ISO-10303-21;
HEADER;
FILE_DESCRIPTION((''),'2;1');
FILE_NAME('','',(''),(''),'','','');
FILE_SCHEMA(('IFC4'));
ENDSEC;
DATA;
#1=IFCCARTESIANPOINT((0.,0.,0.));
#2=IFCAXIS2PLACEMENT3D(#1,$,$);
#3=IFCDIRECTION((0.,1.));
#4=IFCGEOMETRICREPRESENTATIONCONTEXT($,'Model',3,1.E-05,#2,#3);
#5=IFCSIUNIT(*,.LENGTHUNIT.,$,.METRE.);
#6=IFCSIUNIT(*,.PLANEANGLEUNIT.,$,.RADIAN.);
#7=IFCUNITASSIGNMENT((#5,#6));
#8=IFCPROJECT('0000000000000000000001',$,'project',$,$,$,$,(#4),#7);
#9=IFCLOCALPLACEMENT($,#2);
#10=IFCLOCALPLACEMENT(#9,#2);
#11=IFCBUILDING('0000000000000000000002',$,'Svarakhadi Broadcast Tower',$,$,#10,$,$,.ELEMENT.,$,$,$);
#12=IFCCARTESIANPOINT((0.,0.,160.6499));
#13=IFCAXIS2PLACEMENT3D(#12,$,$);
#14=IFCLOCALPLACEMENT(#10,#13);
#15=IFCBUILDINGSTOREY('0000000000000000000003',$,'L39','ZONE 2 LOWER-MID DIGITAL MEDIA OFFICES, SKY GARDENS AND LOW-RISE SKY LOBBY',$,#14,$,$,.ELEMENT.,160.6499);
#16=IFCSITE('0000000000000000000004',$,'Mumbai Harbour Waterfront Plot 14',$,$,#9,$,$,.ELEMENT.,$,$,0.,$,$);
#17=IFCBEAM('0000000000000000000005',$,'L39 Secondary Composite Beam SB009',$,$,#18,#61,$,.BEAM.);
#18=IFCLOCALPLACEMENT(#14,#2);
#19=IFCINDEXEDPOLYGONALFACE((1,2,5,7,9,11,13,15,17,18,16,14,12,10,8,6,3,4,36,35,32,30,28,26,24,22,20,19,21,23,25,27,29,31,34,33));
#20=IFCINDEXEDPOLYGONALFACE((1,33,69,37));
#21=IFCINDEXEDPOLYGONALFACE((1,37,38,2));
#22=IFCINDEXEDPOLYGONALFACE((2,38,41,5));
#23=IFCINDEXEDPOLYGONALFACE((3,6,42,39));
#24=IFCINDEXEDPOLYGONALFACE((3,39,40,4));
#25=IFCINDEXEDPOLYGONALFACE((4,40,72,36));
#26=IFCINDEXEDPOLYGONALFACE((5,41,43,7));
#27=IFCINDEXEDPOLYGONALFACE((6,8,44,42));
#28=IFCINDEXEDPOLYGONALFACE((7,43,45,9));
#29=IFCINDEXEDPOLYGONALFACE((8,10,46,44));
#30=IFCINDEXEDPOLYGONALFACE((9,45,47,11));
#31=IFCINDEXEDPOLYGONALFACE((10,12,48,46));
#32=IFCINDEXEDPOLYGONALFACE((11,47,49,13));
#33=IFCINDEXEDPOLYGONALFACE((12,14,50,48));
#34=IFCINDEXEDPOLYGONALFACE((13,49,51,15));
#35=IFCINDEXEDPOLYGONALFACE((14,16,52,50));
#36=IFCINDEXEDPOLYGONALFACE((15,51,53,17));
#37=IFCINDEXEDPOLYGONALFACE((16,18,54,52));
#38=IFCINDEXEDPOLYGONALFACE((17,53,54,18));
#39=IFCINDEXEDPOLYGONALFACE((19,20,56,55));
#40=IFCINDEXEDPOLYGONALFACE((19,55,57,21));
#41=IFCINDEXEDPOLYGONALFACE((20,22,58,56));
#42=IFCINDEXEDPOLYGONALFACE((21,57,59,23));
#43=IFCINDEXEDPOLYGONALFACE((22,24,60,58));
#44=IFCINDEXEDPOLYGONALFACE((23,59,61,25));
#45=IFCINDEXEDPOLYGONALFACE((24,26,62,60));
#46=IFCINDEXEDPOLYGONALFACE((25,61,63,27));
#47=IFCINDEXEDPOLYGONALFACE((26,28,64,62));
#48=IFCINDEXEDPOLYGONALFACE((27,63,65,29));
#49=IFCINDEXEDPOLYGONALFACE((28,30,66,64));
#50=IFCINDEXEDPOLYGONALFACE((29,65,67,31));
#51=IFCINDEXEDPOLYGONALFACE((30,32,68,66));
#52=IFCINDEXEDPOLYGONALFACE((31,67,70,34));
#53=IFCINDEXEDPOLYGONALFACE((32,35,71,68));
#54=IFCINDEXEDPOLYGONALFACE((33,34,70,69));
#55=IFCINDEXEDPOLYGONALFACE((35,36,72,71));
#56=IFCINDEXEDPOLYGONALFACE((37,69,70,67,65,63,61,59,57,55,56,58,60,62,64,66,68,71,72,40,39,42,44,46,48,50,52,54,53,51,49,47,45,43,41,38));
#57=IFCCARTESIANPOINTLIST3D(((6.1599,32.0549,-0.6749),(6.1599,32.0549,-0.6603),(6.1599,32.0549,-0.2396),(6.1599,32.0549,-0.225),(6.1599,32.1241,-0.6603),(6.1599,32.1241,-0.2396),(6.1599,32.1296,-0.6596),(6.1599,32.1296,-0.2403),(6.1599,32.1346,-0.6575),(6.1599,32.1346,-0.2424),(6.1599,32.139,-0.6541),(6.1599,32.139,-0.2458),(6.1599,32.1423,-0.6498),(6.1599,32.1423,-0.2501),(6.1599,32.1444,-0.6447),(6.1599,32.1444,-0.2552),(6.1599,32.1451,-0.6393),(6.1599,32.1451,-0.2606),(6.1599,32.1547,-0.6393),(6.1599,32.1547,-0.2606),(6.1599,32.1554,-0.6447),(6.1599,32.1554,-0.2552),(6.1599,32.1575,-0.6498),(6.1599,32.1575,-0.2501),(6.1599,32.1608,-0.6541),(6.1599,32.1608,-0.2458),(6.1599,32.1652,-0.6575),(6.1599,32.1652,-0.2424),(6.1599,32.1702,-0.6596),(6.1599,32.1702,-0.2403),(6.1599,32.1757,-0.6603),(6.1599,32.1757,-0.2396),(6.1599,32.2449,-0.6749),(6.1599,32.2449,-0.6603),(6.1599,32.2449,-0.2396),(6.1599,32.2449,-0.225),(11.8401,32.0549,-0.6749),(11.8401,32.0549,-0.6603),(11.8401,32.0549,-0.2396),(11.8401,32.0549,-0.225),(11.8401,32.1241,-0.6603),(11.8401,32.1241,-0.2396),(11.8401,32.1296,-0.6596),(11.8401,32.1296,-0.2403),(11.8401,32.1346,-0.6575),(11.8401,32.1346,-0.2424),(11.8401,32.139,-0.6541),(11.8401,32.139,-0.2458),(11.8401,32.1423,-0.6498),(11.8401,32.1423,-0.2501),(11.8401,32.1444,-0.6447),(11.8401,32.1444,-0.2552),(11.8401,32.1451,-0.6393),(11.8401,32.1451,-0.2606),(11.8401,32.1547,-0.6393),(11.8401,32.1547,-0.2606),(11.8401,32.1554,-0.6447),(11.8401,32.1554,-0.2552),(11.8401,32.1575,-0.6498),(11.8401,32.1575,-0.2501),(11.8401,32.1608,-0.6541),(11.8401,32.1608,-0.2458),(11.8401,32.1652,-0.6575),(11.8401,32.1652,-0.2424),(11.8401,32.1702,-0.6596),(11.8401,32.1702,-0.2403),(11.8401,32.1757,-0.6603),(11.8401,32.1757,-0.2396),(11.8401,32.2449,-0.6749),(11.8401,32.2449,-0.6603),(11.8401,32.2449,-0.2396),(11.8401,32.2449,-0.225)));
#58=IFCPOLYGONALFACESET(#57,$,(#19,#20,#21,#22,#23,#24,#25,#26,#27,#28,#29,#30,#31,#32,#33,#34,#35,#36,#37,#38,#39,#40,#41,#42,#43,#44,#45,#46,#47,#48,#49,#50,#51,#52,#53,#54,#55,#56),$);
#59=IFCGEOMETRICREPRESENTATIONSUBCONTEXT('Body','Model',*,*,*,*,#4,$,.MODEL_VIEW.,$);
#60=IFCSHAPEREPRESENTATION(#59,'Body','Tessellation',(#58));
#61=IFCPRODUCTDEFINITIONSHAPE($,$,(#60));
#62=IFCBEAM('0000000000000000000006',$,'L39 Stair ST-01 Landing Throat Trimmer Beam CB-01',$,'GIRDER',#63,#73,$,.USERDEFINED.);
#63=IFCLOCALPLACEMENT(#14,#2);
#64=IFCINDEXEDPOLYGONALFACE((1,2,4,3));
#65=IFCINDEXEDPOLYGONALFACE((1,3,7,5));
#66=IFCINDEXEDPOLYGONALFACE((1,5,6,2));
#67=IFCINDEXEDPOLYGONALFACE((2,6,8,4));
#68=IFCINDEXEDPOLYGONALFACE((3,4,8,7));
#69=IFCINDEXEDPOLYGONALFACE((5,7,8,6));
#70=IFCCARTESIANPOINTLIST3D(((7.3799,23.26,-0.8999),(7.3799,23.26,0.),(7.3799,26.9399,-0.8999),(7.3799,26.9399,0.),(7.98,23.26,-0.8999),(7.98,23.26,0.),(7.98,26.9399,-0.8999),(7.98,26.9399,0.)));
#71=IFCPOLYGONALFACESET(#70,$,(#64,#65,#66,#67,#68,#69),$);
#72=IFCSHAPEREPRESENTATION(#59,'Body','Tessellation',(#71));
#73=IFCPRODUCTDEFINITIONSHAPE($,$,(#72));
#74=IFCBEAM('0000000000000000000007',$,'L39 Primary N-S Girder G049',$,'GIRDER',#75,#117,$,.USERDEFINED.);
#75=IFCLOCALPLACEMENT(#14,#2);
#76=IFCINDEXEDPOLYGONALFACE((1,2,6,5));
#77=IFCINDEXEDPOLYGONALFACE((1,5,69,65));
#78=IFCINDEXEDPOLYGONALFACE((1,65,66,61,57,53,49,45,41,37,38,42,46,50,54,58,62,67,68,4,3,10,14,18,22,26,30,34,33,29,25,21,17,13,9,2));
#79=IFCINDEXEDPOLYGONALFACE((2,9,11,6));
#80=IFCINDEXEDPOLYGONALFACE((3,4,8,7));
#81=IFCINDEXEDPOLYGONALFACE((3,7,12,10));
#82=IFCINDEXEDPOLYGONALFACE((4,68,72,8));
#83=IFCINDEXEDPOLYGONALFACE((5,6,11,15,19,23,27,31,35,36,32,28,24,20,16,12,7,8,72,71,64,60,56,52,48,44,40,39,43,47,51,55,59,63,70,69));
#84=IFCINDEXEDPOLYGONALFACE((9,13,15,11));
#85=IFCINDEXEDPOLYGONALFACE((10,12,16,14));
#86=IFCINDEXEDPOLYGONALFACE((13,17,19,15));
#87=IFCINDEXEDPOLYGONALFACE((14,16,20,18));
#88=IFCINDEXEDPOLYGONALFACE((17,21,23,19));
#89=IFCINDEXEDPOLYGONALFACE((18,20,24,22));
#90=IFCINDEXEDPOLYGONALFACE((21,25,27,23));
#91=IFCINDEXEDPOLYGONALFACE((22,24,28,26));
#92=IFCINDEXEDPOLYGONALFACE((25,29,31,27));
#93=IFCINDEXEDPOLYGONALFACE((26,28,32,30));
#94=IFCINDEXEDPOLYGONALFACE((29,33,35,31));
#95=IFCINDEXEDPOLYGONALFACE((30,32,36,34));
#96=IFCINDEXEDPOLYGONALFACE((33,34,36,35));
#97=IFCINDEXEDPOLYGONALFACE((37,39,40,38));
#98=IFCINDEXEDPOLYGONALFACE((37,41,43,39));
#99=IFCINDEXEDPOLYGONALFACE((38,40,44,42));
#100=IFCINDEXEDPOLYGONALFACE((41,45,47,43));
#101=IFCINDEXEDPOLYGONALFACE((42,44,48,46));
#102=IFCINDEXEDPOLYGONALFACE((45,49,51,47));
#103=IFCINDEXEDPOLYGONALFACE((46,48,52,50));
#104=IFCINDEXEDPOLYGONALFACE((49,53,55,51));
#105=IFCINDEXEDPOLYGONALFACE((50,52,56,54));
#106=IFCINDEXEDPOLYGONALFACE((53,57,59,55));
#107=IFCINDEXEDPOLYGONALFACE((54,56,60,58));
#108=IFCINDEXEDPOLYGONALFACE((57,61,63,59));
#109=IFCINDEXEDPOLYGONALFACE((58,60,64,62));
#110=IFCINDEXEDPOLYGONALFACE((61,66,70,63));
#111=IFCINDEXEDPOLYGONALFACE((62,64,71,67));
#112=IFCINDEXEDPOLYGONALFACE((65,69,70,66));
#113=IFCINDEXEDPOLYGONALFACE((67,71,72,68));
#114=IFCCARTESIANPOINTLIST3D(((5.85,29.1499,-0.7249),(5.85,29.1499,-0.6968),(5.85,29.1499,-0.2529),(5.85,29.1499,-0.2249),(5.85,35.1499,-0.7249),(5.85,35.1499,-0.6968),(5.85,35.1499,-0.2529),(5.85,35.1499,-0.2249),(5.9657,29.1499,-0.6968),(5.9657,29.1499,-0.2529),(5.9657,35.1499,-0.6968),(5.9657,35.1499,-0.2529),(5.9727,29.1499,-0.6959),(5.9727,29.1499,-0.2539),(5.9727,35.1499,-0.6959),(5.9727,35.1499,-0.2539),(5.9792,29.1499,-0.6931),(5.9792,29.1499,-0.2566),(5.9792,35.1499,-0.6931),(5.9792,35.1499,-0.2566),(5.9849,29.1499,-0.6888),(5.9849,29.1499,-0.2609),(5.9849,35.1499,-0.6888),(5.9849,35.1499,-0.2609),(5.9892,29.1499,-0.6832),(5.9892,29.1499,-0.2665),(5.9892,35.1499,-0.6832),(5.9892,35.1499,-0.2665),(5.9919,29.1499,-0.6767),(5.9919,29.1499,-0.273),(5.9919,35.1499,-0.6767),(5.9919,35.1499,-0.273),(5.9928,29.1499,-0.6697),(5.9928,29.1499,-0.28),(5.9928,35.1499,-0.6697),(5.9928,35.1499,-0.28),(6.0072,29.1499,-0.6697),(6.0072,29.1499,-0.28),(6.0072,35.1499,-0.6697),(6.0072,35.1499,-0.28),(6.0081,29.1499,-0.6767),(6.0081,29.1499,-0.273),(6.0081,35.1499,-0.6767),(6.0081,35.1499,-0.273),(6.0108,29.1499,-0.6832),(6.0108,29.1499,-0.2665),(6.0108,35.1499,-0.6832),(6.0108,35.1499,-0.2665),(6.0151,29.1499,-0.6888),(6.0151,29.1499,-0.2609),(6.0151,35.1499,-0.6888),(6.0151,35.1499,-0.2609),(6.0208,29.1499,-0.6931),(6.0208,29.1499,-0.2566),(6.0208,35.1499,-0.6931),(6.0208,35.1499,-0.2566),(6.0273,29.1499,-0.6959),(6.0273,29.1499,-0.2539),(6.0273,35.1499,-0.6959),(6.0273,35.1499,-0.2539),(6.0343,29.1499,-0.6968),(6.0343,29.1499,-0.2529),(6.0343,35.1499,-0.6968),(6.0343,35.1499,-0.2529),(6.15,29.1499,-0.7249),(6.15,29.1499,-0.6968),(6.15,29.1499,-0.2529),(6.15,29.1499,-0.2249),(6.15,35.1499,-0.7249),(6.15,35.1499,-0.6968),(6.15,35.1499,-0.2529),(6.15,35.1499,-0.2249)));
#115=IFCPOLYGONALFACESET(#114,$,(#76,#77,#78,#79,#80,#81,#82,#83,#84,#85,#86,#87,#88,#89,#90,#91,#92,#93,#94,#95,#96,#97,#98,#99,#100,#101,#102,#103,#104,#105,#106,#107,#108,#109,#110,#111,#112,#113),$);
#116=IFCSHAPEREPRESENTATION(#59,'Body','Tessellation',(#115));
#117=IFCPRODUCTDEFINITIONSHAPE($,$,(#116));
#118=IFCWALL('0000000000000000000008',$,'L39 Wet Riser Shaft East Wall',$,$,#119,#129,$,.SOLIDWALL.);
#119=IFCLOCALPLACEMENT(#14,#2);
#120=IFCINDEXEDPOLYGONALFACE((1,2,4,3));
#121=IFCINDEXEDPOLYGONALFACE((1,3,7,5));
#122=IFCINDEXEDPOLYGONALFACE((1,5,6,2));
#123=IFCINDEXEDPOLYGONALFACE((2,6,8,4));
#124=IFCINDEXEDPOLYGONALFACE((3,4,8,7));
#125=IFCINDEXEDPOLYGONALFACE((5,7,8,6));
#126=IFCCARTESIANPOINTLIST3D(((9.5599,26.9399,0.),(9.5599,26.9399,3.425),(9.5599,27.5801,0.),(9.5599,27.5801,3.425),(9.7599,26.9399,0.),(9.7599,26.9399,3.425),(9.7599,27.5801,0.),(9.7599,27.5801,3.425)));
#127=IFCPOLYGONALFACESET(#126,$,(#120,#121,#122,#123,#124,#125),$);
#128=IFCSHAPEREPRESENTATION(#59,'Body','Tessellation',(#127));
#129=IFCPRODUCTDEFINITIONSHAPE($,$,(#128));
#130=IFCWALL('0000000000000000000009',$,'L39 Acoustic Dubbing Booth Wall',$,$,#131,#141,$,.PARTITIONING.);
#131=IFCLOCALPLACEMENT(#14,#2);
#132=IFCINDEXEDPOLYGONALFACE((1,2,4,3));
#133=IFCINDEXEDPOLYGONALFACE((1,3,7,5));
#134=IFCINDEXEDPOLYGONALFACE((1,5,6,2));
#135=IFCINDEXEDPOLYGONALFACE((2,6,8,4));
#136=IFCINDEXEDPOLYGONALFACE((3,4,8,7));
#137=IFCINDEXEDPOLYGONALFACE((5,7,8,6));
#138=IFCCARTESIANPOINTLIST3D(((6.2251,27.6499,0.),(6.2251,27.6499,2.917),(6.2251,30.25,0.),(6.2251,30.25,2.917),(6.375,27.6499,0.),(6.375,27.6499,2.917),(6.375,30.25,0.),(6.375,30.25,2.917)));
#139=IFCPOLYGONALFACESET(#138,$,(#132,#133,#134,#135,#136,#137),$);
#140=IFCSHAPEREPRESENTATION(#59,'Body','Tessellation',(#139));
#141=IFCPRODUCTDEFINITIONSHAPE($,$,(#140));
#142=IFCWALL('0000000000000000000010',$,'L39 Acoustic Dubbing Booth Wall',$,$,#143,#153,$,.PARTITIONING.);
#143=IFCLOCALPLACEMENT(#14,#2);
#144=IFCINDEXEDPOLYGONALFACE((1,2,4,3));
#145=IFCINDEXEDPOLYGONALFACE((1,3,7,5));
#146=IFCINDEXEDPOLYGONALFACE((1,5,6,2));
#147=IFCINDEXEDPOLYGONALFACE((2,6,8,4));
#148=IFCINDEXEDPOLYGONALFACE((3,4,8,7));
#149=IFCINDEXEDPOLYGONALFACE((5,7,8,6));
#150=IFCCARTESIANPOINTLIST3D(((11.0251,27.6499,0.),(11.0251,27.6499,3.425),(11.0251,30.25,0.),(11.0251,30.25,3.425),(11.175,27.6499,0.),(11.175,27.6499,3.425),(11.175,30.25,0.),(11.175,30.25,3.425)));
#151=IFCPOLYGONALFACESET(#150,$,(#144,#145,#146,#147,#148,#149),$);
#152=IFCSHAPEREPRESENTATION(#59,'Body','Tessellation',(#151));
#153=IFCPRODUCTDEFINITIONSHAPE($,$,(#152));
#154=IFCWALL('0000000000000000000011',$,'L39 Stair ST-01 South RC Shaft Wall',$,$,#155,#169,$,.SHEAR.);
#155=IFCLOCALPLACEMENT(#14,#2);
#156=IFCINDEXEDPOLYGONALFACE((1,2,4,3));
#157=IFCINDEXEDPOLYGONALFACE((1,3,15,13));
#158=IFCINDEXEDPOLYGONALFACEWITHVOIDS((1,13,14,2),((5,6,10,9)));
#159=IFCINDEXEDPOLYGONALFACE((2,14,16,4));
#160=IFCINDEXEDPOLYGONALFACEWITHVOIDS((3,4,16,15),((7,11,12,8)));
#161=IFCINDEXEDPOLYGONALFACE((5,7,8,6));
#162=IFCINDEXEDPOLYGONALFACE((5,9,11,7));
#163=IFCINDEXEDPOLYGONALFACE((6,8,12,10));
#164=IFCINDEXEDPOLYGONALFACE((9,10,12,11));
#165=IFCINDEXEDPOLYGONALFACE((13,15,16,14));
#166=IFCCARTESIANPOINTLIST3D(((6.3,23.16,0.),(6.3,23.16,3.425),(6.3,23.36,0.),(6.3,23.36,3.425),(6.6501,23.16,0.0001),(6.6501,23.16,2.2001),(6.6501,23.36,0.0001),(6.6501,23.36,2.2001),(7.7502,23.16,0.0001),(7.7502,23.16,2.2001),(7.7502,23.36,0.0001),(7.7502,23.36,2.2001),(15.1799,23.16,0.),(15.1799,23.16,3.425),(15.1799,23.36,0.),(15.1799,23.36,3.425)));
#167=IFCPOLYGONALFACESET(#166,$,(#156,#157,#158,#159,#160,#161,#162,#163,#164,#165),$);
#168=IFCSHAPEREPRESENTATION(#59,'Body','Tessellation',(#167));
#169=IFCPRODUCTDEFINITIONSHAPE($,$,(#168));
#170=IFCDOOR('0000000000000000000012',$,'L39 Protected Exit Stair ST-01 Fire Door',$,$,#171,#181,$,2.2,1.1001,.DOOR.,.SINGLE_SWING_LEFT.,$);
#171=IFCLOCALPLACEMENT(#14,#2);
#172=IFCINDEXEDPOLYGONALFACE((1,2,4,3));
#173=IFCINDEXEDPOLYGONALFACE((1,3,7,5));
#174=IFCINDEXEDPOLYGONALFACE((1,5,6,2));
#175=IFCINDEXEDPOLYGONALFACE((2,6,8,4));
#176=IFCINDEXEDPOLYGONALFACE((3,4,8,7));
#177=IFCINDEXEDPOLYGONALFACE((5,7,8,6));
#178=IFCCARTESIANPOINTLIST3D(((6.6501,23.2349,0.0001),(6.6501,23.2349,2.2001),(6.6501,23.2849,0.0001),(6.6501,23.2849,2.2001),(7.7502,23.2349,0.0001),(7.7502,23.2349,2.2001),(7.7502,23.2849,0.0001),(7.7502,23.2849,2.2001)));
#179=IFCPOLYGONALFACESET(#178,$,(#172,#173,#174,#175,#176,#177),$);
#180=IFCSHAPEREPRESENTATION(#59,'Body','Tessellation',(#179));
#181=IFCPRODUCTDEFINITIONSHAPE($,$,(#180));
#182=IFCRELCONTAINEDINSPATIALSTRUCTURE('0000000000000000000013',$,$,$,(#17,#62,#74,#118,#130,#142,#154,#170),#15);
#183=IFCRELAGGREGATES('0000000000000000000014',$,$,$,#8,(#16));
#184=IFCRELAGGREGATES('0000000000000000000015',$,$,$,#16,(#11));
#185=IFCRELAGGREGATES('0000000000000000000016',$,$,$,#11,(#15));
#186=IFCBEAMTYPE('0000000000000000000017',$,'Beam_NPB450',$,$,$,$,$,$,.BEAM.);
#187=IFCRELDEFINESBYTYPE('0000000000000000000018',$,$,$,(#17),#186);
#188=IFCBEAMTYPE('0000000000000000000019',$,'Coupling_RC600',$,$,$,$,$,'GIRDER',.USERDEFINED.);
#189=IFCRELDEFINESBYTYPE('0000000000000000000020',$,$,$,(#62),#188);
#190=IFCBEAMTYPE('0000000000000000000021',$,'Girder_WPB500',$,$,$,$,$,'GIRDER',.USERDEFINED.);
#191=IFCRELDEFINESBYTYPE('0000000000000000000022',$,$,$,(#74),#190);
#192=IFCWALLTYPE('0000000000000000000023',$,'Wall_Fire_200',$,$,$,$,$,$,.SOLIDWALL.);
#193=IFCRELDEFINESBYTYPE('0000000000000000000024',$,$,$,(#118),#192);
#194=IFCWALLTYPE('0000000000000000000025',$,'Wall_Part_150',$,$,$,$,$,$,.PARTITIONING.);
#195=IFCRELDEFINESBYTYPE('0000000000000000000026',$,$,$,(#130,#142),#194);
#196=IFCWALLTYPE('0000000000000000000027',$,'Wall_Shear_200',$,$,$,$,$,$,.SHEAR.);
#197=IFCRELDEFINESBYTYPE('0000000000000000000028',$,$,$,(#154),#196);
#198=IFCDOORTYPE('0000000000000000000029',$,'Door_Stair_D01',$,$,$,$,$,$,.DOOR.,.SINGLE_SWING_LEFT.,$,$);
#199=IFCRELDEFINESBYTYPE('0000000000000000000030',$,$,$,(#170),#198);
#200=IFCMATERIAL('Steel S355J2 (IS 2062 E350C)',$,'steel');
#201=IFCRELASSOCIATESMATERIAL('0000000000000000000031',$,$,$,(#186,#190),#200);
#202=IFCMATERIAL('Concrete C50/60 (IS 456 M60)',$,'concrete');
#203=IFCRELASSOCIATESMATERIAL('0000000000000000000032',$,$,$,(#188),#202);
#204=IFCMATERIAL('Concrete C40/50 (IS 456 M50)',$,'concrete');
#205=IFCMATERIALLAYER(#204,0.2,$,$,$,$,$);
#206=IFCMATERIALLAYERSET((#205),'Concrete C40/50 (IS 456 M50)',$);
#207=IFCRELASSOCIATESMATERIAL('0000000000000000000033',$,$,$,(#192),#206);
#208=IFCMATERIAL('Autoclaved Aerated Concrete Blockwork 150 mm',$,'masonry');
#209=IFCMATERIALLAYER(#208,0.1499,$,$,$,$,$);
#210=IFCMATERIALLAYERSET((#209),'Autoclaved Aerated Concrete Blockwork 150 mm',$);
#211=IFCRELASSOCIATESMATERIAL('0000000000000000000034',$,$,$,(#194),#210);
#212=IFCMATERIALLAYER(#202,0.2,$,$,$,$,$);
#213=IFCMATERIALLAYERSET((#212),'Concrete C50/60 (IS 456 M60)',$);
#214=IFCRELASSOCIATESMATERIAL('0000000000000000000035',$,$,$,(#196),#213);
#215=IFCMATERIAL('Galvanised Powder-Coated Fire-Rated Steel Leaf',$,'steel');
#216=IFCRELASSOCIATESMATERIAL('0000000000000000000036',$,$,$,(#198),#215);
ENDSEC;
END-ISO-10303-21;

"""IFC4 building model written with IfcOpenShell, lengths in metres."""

from ifc_helpers import new_model, si_unit, direction, frame, frame_2d, origin, origin_2d, place, context, subcontext, project, spatial, rectangle, i_section, extrude, material, layer, layer_set, material_profile, profile_set, type_object, element, fill, save


model = new_model("IFC4")

# Units and contexts
model_context = context("Model", 3, precision=1e-05, world=origin(), true_north=direction((0.0, 1.0)))
body_context = subcontext(model_context, "Body", "Model", "MODEL_VIEW")
ifc_project = project(units=[si_unit("LENGTHUNIT", "METRE"), si_unit("PLANEANGLEUNIT", "RADIAN")], contexts=[model_context])

# Site, building, storey
site_placement = place(None, origin())
site = spatial("IfcSite", under=ifc_project, at=site_placement, Name="Mumbai Harbour Waterfront Plot 14", CompositionType="ELEMENT", RefElevation=0.0)
building_placement = place(site_placement, origin())
building = spatial("IfcBuilding", under=site, at=building_placement, Name="Svarakhadi Broadcast Tower", CompositionType="ELEMENT")
storey_placement = place(building_placement, frame((0.0, 0.0, 160.6499)))
storey = spatial("IfcBuildingStorey", under=building, at=storey_placement, Name="L39", Description="ZONE 2 LOWER-MID DIGITAL MEDIA OFFICES, SKY GARDENS AND LOW-RISE SKY LOBBY", CompositionType="ELEMENT", Elevation=160.6499)

# Beams
ifc_material_1 = material(Name="Steel S355J2 (IS 2062 E350C)", Category="steel")
ifc_material_profile_1 = material_profile(ifc_material_1, i_section(OverallWidth=0.1899, OverallDepth=0.45, WebThickness=0.0095, FlangeThickness=0.0146, FilletRadius=0.021, at=origin_2d()), Name="NPB 450x190x78")
ifc_profile_set_1 = profile_set([ifc_material_profile_1], Name="Steel S355J2 (IS 2062 E350C)")
beam_type_1 = type_object("IfcBeamType", Name="Beam_NPB450", PredefinedType="BEAM", material=ifc_profile_set_1)
beam_1_placement = place(storey_placement, frame((6.1599, 32.1499, -0.45), z_axis=(1.0, 0.0, 0.0), x_axis=(0.0, 1.0, 0.0)))
element("IfcBeam", 1, at=beam_1_placement, inside=storey, type_object=beam_type_1, Name="L39 Secondary Composite Beam SB009", PredefinedType="BEAM", context=body_context, shape_type="SweptSolid", body=[
    extrude(i_section(OverallWidth=0.1899, OverallDepth=0.45, WebThickness=0.0095, FlangeThickness=0.0146, FilletRadius=0.021, at=origin_2d()), origin(), (0.0, 0.0, 1.0), 5.6802),
])
ifc_material_2 = material(Name="Concrete C50/60 (IS 456 M60)", Category="concrete")
ifc_material_profile_2 = material_profile(ifc_material_2, rectangle(XDim=0.6001, YDim=0.8999, at=origin_2d()), Name="RC 600x900")
ifc_profile_set_2 = profile_set([ifc_material_profile_2], Name="Concrete C50/60 (IS 456 M60)")
beam_type_2 = type_object("IfcBeamType", Name="Coupling_RC600", ElementType="GIRDER", PredefinedType="USERDEFINED", material=ifc_profile_set_2)
beam_2_placement = place(storey_placement, frame((7.6799, 23.26, -0.45), z_axis=(0.0, 1.0, 0.0), x_axis=(-1.0, 0.0, 0.0)))
element("IfcBeam", 2, at=beam_2_placement, inside=storey, type_object=beam_type_2, Name="L39 Stair ST-01 Landing Throat Trimmer Beam CB-01", ObjectType="GIRDER", PredefinedType="USERDEFINED", context=body_context, shape_type="SweptSolid", body=[
    extrude(rectangle(XDim=0.6001, YDim=0.8999, at=origin_2d()), origin(), (0.0, 0.0, 1.0), 3.6799),
])
ifc_material_profile_3 = material_profile(ifc_material_1, i_section(OverallWidth=0.3, OverallDepth=0.5, WebThickness=0.0144, FlangeThickness=0.0281, FilletRadius=0.0271, at=origin_2d()), Name="WPB 500x300x187")
ifc_profile_set_3 = profile_set([ifc_material_profile_3], Name="Steel S355J2 (IS 2062 E350C)")
beam_type_3 = type_object("IfcBeamType", Name="Girder_WPB500", ElementType="GIRDER", PredefinedType="USERDEFINED", material=ifc_profile_set_3)
beam_3_placement = place(storey_placement, frame((6.0, 29.1499, -0.4749), z_axis=(0.0, 1.0, 0.0), x_axis=(-1.0, 0.0, 0.0)))
element("IfcBeam", 3, at=beam_3_placement, inside=storey, type_object=beam_type_3, Name="L39 Primary N-S Girder G049", ObjectType="GIRDER", PredefinedType="USERDEFINED", context=body_context, shape_type="SweptSolid", body=[
    extrude(i_section(OverallWidth=0.3, OverallDepth=0.5, WebThickness=0.0144, FlangeThickness=0.0281, FilletRadius=0.0271, at=origin_2d()), origin(), (0.0, 0.0, 1.0), 6.0),
])

# Walls
ifc_material_3 = material(Name="Concrete C40/50 (IS 456 M50)", Category="concrete")
ifc_layer_1 = layer(ifc_material_3, 0.2)
ifc_layer_set_1 = layer_set([ifc_layer_1], Name="Concrete C40/50 (IS 456 M50)")
wall_type_1 = type_object("IfcWallType", Name="Wall_Fire_200", PredefinedType="SOLIDWALL", material=ifc_layer_set_1)
wall_1_placement = place(storey_placement, frame((9.6599, 26.9399, 0.0), z_axis=(0.0, 0.0, 1.0), x_axis=(0.0, 1.0, 0.0)))
element("IfcWall", 4, at=wall_1_placement, inside=storey, type_object=wall_type_1, Name="L39 Wet Riser Shaft East Wall", PredefinedType="SOLIDWALL", context=body_context, shape_type="SweptSolid", body=[
    extrude(rectangle(XDim=0.6401, YDim=0.2, at=frame_2d((0.3201, 0.0))), origin(), (0.0, 0.0, 1.0), 3.425),
])
ifc_material_4 = material(Name="Autoclaved Aerated Concrete Blockwork 150 mm", Category="masonry")
ifc_layer_2 = layer(ifc_material_4, 0.1499)
ifc_layer_set_2 = layer_set([ifc_layer_2], Name="Autoclaved Aerated Concrete Blockwork 150 mm")
wall_type_2 = type_object("IfcWallType", Name="Wall_Part_150", PredefinedType="PARTITIONING", material=ifc_layer_set_2)
wall_2_placement = place(storey_placement, frame((6.3, 27.6499, 0.0), z_axis=(0.0, 0.0, 1.0), x_axis=(0.0, 1.0, 0.0)))
element("IfcWall", 5, at=wall_2_placement, inside=storey, type_object=wall_type_2, Name="L39 Acoustic Dubbing Booth Wall", PredefinedType="PARTITIONING", context=body_context, shape_type="SweptSolid", body=[
    extrude(rectangle(XDim=2.6001, YDim=0.1499, at=frame_2d((1.3, 0.0))), origin(), (0.0, 0.0, 1.0), 2.917),
])
wall_3_placement = place(storey_placement, frame((11.1001, 27.6499, 0.0), z_axis=(0.0, 0.0, 1.0), x_axis=(0.0, 1.0, 0.0)))
element("IfcWall", 6, at=wall_3_placement, inside=storey, type_object=wall_type_2, Name="L39 Acoustic Dubbing Booth Wall", PredefinedType="PARTITIONING", context=body_context, shape_type="SweptSolid", body=[
    extrude(rectangle(XDim=2.6001, YDim=0.1499, at=frame_2d((1.3, 0.0))), origin(), (0.0, 0.0, 1.0), 3.425),
])

# Wall, opening, door
ifc_layer_3 = layer(ifc_material_2, 0.2)
ifc_layer_set_3 = layer_set([ifc_layer_3], Name="Concrete C50/60 (IS 456 M60)")
wall_type_3 = type_object("IfcWallType", Name="Wall_Shear_200", PredefinedType="SHEAR", material=ifc_layer_set_3)
wall_4_placement = place(storey_placement, frame((6.3, 23.26, 0.0), z_axis=(0.0, 0.0, 1.0), x_axis=(1.0, 0.0, 0.0)))
wall_4 = element("IfcWall", 7, at=wall_4_placement, inside=storey, type_object=wall_type_3, Name="L39 Stair ST-01 South RC Shaft Wall", PredefinedType="SHEAR", context=body_context, shape_type="SweptSolid", body=[
    extrude(rectangle(XDim=8.8799, YDim=0.2, at=frame_2d((4.4399, 0.0))), origin(), (0.0, 0.0, 1.0), 3.425),
])
opening_placement = place(wall_4_placement, frame((0.3501, 0.0, 0.0)))
opening = element("IfcOpeningElement", 8, at=opening_placement, cuts=wall_4, PredefinedType="OPENING", context=body_context, shape_type="SweptSolid", body=[
    extrude(rectangle(XDim=1.1001, YDim=2.2, at=frame_2d((0.55, 1.1001))), frame((0.0, 0.1099, 0.0), z_axis=(0.0, -1.0, 0.0), x_axis=(1.0, 0.0, 0.0)), (0.0, 0.0, 1.0), 0.22),
])
ifc_material_5 = material(Name="Galvanised Powder-Coated Fire-Rated Steel Leaf", Category="steel")
door_type = type_object("IfcDoorType", Name="Door_Stair_D01", OperationType="SINGLE_SWING_LEFT", PredefinedType="DOOR", material=ifc_material_5)
door_placement = place(opening_placement, origin())
door = element("IfcDoor", 9, at=door_placement, inside=storey, type_object=door_type, Name="L39 Protected Exit Stair ST-01 Fire Door", OperationType="SINGLE_SWING_LEFT", OverallHeight=2.2, OverallWidth=1.1001, PredefinedType="DOOR", context=body_context, shape_type="SweptSolid", body=[
    extrude(rectangle(XDim=1.1001, YDim=2.2, at=frame_2d((0.55, 1.1001))), frame((0.0, 0.0249, 0.0), z_axis=(0.0, -1.0, 0.0), x_axis=(1.0, 0.0, 0.0)), (0.0, 0.0, 1.0), 0.05),
])
fill(opening, door)

save(model, "model.ifc")
